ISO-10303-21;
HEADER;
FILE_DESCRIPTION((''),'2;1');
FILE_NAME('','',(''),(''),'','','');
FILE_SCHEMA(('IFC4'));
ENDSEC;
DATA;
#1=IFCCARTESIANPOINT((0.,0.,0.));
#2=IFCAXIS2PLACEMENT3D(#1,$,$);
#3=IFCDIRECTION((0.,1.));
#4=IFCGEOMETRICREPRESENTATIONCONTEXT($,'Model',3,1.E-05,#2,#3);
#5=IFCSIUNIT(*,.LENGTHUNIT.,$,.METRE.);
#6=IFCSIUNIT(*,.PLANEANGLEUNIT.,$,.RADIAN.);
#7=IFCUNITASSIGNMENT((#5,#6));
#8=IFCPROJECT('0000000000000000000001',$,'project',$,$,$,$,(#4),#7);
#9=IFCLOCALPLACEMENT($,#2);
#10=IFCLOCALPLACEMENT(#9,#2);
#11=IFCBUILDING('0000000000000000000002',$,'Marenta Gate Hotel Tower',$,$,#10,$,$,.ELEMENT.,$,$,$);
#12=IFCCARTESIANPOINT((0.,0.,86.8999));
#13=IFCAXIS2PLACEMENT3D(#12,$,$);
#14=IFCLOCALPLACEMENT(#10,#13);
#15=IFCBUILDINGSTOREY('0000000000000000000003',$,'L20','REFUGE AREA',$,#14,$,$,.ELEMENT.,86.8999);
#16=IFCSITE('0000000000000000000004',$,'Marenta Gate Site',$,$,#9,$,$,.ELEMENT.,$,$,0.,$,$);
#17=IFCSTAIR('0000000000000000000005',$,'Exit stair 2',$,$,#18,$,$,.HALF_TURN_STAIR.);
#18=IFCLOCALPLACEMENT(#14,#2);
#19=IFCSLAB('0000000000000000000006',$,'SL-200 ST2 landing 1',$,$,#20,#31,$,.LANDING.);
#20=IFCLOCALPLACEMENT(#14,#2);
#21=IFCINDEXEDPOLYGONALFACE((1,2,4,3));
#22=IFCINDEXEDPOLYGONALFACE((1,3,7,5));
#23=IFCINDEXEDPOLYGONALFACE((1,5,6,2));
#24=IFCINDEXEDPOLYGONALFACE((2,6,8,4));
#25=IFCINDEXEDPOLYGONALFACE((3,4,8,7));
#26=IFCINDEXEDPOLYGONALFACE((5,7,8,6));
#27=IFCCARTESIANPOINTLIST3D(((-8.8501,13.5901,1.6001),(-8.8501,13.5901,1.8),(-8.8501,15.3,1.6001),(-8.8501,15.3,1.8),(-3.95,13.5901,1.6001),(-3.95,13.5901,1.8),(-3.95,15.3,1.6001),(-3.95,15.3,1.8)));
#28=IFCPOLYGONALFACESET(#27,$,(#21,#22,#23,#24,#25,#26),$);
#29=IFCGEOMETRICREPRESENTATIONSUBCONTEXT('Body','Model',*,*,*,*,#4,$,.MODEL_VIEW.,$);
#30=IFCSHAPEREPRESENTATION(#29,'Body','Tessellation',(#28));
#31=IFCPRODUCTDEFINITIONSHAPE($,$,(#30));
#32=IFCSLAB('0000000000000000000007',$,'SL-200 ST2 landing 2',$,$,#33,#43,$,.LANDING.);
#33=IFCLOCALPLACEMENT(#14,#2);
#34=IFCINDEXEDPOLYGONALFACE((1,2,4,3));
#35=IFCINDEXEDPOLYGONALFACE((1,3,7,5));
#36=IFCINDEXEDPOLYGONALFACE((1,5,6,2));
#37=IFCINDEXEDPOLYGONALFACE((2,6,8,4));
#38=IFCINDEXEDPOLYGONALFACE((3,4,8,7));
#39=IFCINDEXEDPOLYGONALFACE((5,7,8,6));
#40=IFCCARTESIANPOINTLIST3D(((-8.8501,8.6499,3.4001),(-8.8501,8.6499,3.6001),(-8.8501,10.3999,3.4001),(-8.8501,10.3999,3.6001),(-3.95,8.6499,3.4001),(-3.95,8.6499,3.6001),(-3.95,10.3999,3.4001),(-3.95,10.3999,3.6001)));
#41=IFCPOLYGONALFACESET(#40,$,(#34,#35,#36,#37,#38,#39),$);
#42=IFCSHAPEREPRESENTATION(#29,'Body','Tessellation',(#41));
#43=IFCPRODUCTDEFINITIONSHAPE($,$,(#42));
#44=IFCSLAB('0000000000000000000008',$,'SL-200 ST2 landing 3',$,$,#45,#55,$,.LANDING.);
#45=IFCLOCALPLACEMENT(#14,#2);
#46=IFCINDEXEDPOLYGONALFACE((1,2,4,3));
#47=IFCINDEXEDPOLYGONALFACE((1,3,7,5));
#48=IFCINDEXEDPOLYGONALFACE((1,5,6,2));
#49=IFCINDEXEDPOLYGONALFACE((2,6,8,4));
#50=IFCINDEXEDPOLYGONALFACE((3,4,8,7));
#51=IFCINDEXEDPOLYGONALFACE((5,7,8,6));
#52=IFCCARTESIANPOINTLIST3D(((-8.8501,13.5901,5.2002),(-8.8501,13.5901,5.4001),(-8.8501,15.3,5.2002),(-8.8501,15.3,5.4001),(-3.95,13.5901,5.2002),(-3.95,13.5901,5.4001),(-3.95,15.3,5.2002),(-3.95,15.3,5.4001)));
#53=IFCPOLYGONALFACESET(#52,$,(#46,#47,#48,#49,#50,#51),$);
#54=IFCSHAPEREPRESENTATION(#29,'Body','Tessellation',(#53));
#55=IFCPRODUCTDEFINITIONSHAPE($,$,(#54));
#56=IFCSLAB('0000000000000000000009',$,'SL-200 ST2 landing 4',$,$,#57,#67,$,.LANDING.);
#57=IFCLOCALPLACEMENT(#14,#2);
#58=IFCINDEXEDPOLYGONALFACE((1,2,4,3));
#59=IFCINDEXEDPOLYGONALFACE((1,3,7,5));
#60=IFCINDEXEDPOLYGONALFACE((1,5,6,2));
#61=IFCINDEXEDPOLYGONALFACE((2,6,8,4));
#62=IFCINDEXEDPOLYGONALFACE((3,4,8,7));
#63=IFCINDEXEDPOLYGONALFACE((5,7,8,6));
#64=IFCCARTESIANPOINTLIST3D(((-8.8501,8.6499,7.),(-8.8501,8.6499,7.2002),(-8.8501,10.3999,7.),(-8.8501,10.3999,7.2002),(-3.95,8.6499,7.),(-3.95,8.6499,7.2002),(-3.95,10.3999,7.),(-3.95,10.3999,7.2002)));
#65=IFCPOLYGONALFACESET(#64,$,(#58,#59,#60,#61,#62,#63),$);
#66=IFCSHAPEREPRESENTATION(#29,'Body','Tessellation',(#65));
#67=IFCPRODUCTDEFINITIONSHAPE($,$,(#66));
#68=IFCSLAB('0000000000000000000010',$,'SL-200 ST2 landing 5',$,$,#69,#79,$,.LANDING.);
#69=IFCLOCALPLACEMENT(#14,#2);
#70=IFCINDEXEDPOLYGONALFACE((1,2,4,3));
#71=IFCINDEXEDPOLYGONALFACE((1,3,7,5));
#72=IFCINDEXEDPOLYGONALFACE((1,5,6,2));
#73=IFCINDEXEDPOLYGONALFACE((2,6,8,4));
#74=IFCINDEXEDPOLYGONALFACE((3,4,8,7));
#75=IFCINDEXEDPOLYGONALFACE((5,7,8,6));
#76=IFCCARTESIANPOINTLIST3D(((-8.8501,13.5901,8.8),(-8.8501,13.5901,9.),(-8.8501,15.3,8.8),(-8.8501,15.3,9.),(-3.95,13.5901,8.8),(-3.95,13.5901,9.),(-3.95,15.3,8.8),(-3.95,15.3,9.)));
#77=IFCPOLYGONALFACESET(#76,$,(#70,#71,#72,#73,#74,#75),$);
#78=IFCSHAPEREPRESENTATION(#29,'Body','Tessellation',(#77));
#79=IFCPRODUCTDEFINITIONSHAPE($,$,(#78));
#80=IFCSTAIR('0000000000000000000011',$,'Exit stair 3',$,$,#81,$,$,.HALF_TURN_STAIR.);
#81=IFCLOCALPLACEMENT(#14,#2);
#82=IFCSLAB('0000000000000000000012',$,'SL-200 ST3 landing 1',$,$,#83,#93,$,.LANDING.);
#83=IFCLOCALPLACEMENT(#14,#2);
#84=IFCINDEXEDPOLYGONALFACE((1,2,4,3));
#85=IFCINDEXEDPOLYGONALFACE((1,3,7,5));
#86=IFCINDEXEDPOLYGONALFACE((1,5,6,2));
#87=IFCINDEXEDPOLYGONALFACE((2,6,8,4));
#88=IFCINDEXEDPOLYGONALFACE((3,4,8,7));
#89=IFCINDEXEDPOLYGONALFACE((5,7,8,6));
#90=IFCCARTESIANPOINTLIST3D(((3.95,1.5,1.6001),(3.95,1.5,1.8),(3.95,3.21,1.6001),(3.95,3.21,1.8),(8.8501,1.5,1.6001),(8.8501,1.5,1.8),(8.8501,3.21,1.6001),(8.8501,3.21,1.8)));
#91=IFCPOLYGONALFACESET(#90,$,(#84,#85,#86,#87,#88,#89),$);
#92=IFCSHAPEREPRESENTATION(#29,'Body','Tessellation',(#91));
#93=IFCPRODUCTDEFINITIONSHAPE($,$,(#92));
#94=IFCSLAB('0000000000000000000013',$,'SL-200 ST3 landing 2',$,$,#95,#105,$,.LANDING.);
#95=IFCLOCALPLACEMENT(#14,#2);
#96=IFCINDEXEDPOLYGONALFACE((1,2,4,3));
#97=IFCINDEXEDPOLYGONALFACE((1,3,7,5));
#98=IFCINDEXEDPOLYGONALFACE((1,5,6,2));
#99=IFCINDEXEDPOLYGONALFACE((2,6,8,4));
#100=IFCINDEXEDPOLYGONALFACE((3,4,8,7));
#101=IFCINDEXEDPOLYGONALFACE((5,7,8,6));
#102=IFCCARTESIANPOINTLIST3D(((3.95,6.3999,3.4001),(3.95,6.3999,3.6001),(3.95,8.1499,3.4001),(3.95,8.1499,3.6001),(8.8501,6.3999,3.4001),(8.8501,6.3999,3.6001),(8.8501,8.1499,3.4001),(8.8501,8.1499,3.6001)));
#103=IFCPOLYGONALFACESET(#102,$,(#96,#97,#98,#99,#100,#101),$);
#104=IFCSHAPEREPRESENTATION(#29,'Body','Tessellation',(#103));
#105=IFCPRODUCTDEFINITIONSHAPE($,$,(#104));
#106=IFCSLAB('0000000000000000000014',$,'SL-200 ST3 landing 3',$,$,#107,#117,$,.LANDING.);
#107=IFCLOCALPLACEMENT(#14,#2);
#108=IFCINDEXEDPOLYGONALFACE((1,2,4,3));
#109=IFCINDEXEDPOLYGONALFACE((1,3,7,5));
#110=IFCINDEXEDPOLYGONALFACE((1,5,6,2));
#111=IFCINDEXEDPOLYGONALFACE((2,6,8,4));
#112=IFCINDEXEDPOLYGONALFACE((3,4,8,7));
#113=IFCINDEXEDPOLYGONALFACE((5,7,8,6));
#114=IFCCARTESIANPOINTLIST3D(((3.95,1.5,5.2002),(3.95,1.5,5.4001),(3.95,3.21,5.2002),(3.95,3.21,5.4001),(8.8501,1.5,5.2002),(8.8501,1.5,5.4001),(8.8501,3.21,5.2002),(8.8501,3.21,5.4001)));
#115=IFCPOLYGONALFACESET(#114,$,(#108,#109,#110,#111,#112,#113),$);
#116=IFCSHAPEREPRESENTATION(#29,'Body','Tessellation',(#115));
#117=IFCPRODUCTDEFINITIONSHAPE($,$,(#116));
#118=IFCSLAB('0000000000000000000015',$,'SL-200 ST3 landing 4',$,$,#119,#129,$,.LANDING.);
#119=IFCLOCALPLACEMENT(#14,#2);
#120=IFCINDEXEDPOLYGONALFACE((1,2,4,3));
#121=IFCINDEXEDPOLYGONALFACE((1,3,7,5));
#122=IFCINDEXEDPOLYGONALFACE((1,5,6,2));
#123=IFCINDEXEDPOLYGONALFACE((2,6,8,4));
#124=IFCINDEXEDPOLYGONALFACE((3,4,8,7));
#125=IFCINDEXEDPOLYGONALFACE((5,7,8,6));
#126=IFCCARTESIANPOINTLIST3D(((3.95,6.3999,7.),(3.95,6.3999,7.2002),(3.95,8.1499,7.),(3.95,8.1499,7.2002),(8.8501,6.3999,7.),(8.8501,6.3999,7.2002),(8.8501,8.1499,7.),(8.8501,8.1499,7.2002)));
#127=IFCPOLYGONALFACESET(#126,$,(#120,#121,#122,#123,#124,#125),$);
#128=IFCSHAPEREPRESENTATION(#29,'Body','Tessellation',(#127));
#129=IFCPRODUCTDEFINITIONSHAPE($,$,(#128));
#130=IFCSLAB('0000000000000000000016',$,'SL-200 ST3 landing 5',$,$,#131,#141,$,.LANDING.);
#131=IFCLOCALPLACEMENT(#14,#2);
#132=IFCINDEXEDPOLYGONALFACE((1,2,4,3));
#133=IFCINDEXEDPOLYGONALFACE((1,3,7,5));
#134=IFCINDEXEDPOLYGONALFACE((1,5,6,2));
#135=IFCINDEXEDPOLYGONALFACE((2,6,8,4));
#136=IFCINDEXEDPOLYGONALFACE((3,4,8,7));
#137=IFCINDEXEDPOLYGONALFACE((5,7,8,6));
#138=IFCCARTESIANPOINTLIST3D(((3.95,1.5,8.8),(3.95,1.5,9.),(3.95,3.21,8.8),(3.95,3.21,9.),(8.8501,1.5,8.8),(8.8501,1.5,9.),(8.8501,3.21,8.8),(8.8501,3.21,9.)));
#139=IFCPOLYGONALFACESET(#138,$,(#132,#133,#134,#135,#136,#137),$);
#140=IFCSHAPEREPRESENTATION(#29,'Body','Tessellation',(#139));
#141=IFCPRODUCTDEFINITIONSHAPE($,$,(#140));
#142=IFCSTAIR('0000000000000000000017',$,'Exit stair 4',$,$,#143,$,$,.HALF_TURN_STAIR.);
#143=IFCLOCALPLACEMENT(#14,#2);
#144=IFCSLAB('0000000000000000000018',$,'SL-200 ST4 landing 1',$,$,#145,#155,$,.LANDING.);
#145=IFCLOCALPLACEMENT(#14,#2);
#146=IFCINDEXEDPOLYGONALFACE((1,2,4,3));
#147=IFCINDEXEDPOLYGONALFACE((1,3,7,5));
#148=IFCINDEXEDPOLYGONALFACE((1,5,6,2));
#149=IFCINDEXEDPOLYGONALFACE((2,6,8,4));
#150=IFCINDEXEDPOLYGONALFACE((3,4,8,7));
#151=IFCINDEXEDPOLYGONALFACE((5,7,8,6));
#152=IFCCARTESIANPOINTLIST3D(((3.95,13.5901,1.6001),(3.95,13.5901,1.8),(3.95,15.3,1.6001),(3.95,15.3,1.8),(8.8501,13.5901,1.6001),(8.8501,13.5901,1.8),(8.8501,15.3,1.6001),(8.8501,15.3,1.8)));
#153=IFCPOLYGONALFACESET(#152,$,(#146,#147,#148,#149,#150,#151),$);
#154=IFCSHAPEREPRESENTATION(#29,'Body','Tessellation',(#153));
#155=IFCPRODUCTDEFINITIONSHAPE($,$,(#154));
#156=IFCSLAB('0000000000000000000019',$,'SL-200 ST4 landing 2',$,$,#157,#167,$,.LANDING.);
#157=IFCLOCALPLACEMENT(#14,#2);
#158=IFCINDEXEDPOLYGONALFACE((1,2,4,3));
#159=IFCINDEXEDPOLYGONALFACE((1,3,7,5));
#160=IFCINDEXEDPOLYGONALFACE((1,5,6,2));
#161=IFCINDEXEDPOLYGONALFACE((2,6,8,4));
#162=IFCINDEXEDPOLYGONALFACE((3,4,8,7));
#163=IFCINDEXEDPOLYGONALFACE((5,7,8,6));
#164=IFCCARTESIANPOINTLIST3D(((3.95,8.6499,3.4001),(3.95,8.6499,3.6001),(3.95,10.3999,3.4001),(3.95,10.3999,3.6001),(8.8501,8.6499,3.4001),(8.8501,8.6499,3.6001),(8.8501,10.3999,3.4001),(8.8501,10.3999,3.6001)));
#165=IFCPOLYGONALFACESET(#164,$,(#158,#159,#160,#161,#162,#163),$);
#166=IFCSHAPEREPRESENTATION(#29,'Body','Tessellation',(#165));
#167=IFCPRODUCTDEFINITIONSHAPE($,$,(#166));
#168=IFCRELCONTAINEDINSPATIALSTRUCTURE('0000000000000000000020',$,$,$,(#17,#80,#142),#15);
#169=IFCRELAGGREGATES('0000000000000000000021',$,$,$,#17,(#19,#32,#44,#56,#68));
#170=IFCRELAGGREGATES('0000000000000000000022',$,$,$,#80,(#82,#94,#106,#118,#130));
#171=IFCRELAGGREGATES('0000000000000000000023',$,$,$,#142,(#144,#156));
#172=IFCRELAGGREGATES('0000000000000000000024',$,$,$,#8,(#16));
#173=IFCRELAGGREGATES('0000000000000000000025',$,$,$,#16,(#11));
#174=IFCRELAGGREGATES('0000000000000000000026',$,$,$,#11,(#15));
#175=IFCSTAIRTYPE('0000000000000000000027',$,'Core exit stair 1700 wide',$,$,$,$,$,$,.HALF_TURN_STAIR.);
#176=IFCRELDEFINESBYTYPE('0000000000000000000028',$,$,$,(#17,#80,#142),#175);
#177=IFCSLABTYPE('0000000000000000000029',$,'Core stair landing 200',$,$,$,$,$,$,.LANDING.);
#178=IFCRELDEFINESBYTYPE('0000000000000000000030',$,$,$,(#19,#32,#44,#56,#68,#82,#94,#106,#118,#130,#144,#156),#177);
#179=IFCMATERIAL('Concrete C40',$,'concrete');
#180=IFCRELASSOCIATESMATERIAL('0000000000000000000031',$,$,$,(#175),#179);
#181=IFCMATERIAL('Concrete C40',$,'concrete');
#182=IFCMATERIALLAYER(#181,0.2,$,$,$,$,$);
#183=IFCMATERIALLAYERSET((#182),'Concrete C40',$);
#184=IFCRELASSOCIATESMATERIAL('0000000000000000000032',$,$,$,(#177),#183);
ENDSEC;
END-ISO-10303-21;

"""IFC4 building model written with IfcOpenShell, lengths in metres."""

from ifc_helpers import new_model, si_unit, direction, frame, origin, place, context, subcontext, project, spatial, polyline, outline, extrude, material, layer, layer_set, type_object, element, aggregate, save


model = new_model("IFC4")

# Units and contexts
model_context = context("Model", 3, precision=1e-05, world=origin(), true_north=direction((0.0, 1.0)))
body_context = subcontext(model_context, "Body", "Model", "MODEL_VIEW")
ifc_project = project(units=[si_unit("LENGTHUNIT", "METRE"), si_unit("PLANEANGLEUNIT", "RADIAN")], contexts=[model_context])

# Site, building, storey
site_placement = place(None, origin())
site = spatial("IfcSite", under=ifc_project, at=site_placement, Name="Marenta Gate Site", CompositionType="ELEMENT", RefElevation=0.0)
building_placement = place(site_placement, origin())
building = spatial("IfcBuilding", under=site, at=building_placement, Name="Marenta Gate Hotel Tower", CompositionType="ELEMENT")
storey_placement = place(building_placement, frame((0.0, 0.0, 86.8999)))
storey = spatial("IfcBuildingStorey", under=building, at=storey_placement, Name="L20", Description="REFUGE AREA", CompositionType="ELEMENT", Elevation=86.8999)

# Stairs, slabs
ifc_material_1 = material(Name="Concrete C40", Category="concrete")
stair_type = type_object("IfcStairType", Name="Core exit stair 1700 wide", PredefinedType="HALF_TURN_STAIR", material=ifc_material_1)
ifc_material_2 = material(Name="Concrete C40", Category="concrete")
ifc_layer_1 = layer(ifc_material_2, 0.2)
ifc_layer_set_1 = layer_set([ifc_layer_1], Name="Concrete C40")
slab_type_1 = type_object("IfcSlabType", Name="Core stair landing 200", PredefinedType="LANDING", material=ifc_layer_set_1)
stair_1_placement = place(storey_placement, origin())
stair_1 = element("IfcStair", 1, at=stair_1_placement, inside=storey, type_object=stair_type, Name="Exit stair 2", PredefinedType="HALF_TURN_STAIR")
slab_1_placement = place(storey_placement, frame((0.0, 0.0, 1.6001)))
slab_1 = element("IfcSlab", 2, at=slab_1_placement, type_object=slab_type_1, Name="SL-200 ST2 landing 1", PredefinedType="LANDING", context=body_context, shape_type="SweptSolid", body=[
    extrude(outline(polyline([(-8.8501, 13.5901), (-3.95, 13.5901), (-3.95, 15.3), (-8.8501, 15.3), (-8.8501, 13.5901)])), origin(), (0.0, 0.0, 1.0), 0.2),
])
slab_2_placement = place(storey_placement, frame((0.0, 0.0, 3.4001)))
slab_2 = element("IfcSlab", 3, at=slab_2_placement, type_object=slab_type_1, Name="SL-200 ST2 landing 2", PredefinedType="LANDING", context=body_context, shape_type="SweptSolid", body=[
    extrude(outline(polyline([(-8.8501, 8.6499), (-3.95, 8.6499), (-3.95, 10.3999), (-8.8501, 10.3999), (-8.8501, 8.6499)])), origin(), (0.0, 0.0, 1.0), 0.2),
])
slab_3_placement = place(storey_placement, frame((0.0, 0.0, 5.2002)))
slab_3 = element("IfcSlab", 4, at=slab_3_placement, type_object=slab_type_1, Name="SL-200 ST2 landing 3", PredefinedType="LANDING", context=body_context, shape_type="SweptSolid", body=[
    extrude(outline(polyline([(-8.8501, 13.5901), (-3.95, 13.5901), (-3.95, 15.3), (-8.8501, 15.3), (-8.8501, 13.5901)])), origin(), (0.0, 0.0, 1.0), 0.2),
])
slab_4_placement = place(storey_placement, frame((0.0, 0.0, 7.0)))
slab_4 = element("IfcSlab", 5, at=slab_4_placement, type_object=slab_type_1, Name="SL-200 ST2 landing 4", PredefinedType="LANDING", context=body_context, shape_type="SweptSolid", body=[
    extrude(outline(polyline([(-8.8501, 8.6499), (-3.95, 8.6499), (-3.95, 10.3999), (-8.8501, 10.3999), (-8.8501, 8.6499)])), origin(), (0.0, 0.0, 1.0), 0.2002),
])
slab_5_placement = place(storey_placement, frame((0.0, 0.0, 8.8)))
slab_5 = element("IfcSlab", 6, at=slab_5_placement, type_object=slab_type_1, Name="SL-200 ST2 landing 5", PredefinedType="LANDING", context=body_context, shape_type="SweptSolid", body=[
    extrude(outline(polyline([(-8.8501, 13.5901), (-3.95, 13.5901), (-3.95, 15.3), (-8.8501, 15.3), (-8.8501, 13.5901)])), origin(), (0.0, 0.0, 1.0), 0.2),
])
aggregate(stair_1, [slab_1, slab_2, slab_3, slab_4, slab_5])
stair_2_placement = place(storey_placement, origin())
stair_2 = element("IfcStair", 7, at=stair_2_placement, inside=storey, type_object=stair_type, Name="Exit stair 3", PredefinedType="HALF_TURN_STAIR")
slab_6_placement = place(storey_placement, frame((0.0, 0.0, 1.6001)))
slab_6 = element("IfcSlab", 8, at=slab_6_placement, type_object=slab_type_1, Name="SL-200 ST3 landing 1", PredefinedType="LANDING", context=body_context, shape_type="SweptSolid", body=[
    extrude(outline(polyline([(3.95, 1.5), (8.8501, 1.5), (8.8501, 3.21), (3.95, 3.21), (3.95, 1.5)])), origin(), (0.0, 0.0, 1.0), 0.2),
])
slab_7_placement = place(storey_placement, frame((0.0, 0.0, 3.4001)))
slab_7 = element("IfcSlab", 9, at=slab_7_placement, type_object=slab_type_1, Name="SL-200 ST3 landing 2", PredefinedType="LANDING", context=body_context, shape_type="SweptSolid", body=[
    extrude(outline(polyline([(3.95, 6.3999), (8.8501, 6.3999), (8.8501, 8.1499), (3.95, 8.1499), (3.95, 6.3999)])), origin(), (0.0, 0.0, 1.0), 0.2),
])
slab_8_placement = place(storey_placement, frame((0.0, 0.0, 5.2002)))
slab_8 = element("IfcSlab", 10, at=slab_8_placement, type_object=slab_type_1, Name="SL-200 ST3 landing 3", PredefinedType="LANDING", context=body_context, shape_type="SweptSolid", body=[
    extrude(outline(polyline([(3.95, 1.5), (8.8501, 1.5), (8.8501, 3.21), (3.95, 3.21), (3.95, 1.5)])), origin(), (0.0, 0.0, 1.0), 0.2),
])
slab_9_placement = place(storey_placement, frame((0.0, 0.0, 7.0)))
slab_9 = element("IfcSlab", 11, at=slab_9_placement, type_object=slab_type_1, Name="SL-200 ST3 landing 4", PredefinedType="LANDING", context=body_context, shape_type="SweptSolid", body=[
    extrude(outline(polyline([(3.95, 6.3999), (8.8501, 6.3999), (8.8501, 8.1499), (3.95, 8.1499), (3.95, 6.3999)])), origin(), (0.0, 0.0, 1.0), 0.2002),
])
slab_10_placement = place(storey_placement, frame((0.0, 0.0, 8.8)))
slab_10 = element("IfcSlab", 12, at=slab_10_placement, type_object=slab_type_1, Name="SL-200 ST3 landing 5", PredefinedType="LANDING", context=body_context, shape_type="SweptSolid", body=[
    extrude(outline(polyline([(3.95, 1.5), (8.8501, 1.5), (8.8501, 3.21), (3.95, 3.21), (3.95, 1.5)])), origin(), (0.0, 0.0, 1.0), 0.2),
])
aggregate(stair_2, [slab_6, slab_7, slab_8, slab_9, slab_10])
stair_3_placement = place(storey_placement, origin())
stair_3 = element("IfcStair", 13, at=stair_3_placement, inside=storey, type_object=stair_type, Name="Exit stair 4", PredefinedType="HALF_TURN_STAIR")
slab_11_placement = place(storey_placement, frame((0.0, 0.0, 1.6001)))
slab_11 = element("IfcSlab", 14, at=slab_11_placement, type_object=slab_type_1, Name="SL-200 ST4 landing 1", PredefinedType="LANDING", context=body_context, shape_type="SweptSolid", body=[
    extrude(outline(polyline([(3.95, 13.5901), (8.8501, 13.5901), (8.8501, 15.3), (3.95, 15.3), (3.95, 13.5901)])), origin(), (0.0, 0.0, 1.0), 0.2),
])
slab_12_placement = place(storey_placement, frame((0.0, 0.0, 3.4001)))
slab_12 = element("IfcSlab", 15, at=slab_12_placement, type_object=slab_type_1, Name="SL-200 ST4 landing 2", PredefinedType="LANDING", context=body_context, shape_type="SweptSolid", body=[
    extrude(outline(polyline([(3.95, 8.6499), (8.8501, 8.6499), (8.8501, 10.3999), (3.95, 10.3999), (3.95, 8.6499)])), origin(), (0.0, 0.0, 1.0), 0.2),
])
aggregate(stair_3, [slab_11, slab_12])

save(model, "model.ifc")
